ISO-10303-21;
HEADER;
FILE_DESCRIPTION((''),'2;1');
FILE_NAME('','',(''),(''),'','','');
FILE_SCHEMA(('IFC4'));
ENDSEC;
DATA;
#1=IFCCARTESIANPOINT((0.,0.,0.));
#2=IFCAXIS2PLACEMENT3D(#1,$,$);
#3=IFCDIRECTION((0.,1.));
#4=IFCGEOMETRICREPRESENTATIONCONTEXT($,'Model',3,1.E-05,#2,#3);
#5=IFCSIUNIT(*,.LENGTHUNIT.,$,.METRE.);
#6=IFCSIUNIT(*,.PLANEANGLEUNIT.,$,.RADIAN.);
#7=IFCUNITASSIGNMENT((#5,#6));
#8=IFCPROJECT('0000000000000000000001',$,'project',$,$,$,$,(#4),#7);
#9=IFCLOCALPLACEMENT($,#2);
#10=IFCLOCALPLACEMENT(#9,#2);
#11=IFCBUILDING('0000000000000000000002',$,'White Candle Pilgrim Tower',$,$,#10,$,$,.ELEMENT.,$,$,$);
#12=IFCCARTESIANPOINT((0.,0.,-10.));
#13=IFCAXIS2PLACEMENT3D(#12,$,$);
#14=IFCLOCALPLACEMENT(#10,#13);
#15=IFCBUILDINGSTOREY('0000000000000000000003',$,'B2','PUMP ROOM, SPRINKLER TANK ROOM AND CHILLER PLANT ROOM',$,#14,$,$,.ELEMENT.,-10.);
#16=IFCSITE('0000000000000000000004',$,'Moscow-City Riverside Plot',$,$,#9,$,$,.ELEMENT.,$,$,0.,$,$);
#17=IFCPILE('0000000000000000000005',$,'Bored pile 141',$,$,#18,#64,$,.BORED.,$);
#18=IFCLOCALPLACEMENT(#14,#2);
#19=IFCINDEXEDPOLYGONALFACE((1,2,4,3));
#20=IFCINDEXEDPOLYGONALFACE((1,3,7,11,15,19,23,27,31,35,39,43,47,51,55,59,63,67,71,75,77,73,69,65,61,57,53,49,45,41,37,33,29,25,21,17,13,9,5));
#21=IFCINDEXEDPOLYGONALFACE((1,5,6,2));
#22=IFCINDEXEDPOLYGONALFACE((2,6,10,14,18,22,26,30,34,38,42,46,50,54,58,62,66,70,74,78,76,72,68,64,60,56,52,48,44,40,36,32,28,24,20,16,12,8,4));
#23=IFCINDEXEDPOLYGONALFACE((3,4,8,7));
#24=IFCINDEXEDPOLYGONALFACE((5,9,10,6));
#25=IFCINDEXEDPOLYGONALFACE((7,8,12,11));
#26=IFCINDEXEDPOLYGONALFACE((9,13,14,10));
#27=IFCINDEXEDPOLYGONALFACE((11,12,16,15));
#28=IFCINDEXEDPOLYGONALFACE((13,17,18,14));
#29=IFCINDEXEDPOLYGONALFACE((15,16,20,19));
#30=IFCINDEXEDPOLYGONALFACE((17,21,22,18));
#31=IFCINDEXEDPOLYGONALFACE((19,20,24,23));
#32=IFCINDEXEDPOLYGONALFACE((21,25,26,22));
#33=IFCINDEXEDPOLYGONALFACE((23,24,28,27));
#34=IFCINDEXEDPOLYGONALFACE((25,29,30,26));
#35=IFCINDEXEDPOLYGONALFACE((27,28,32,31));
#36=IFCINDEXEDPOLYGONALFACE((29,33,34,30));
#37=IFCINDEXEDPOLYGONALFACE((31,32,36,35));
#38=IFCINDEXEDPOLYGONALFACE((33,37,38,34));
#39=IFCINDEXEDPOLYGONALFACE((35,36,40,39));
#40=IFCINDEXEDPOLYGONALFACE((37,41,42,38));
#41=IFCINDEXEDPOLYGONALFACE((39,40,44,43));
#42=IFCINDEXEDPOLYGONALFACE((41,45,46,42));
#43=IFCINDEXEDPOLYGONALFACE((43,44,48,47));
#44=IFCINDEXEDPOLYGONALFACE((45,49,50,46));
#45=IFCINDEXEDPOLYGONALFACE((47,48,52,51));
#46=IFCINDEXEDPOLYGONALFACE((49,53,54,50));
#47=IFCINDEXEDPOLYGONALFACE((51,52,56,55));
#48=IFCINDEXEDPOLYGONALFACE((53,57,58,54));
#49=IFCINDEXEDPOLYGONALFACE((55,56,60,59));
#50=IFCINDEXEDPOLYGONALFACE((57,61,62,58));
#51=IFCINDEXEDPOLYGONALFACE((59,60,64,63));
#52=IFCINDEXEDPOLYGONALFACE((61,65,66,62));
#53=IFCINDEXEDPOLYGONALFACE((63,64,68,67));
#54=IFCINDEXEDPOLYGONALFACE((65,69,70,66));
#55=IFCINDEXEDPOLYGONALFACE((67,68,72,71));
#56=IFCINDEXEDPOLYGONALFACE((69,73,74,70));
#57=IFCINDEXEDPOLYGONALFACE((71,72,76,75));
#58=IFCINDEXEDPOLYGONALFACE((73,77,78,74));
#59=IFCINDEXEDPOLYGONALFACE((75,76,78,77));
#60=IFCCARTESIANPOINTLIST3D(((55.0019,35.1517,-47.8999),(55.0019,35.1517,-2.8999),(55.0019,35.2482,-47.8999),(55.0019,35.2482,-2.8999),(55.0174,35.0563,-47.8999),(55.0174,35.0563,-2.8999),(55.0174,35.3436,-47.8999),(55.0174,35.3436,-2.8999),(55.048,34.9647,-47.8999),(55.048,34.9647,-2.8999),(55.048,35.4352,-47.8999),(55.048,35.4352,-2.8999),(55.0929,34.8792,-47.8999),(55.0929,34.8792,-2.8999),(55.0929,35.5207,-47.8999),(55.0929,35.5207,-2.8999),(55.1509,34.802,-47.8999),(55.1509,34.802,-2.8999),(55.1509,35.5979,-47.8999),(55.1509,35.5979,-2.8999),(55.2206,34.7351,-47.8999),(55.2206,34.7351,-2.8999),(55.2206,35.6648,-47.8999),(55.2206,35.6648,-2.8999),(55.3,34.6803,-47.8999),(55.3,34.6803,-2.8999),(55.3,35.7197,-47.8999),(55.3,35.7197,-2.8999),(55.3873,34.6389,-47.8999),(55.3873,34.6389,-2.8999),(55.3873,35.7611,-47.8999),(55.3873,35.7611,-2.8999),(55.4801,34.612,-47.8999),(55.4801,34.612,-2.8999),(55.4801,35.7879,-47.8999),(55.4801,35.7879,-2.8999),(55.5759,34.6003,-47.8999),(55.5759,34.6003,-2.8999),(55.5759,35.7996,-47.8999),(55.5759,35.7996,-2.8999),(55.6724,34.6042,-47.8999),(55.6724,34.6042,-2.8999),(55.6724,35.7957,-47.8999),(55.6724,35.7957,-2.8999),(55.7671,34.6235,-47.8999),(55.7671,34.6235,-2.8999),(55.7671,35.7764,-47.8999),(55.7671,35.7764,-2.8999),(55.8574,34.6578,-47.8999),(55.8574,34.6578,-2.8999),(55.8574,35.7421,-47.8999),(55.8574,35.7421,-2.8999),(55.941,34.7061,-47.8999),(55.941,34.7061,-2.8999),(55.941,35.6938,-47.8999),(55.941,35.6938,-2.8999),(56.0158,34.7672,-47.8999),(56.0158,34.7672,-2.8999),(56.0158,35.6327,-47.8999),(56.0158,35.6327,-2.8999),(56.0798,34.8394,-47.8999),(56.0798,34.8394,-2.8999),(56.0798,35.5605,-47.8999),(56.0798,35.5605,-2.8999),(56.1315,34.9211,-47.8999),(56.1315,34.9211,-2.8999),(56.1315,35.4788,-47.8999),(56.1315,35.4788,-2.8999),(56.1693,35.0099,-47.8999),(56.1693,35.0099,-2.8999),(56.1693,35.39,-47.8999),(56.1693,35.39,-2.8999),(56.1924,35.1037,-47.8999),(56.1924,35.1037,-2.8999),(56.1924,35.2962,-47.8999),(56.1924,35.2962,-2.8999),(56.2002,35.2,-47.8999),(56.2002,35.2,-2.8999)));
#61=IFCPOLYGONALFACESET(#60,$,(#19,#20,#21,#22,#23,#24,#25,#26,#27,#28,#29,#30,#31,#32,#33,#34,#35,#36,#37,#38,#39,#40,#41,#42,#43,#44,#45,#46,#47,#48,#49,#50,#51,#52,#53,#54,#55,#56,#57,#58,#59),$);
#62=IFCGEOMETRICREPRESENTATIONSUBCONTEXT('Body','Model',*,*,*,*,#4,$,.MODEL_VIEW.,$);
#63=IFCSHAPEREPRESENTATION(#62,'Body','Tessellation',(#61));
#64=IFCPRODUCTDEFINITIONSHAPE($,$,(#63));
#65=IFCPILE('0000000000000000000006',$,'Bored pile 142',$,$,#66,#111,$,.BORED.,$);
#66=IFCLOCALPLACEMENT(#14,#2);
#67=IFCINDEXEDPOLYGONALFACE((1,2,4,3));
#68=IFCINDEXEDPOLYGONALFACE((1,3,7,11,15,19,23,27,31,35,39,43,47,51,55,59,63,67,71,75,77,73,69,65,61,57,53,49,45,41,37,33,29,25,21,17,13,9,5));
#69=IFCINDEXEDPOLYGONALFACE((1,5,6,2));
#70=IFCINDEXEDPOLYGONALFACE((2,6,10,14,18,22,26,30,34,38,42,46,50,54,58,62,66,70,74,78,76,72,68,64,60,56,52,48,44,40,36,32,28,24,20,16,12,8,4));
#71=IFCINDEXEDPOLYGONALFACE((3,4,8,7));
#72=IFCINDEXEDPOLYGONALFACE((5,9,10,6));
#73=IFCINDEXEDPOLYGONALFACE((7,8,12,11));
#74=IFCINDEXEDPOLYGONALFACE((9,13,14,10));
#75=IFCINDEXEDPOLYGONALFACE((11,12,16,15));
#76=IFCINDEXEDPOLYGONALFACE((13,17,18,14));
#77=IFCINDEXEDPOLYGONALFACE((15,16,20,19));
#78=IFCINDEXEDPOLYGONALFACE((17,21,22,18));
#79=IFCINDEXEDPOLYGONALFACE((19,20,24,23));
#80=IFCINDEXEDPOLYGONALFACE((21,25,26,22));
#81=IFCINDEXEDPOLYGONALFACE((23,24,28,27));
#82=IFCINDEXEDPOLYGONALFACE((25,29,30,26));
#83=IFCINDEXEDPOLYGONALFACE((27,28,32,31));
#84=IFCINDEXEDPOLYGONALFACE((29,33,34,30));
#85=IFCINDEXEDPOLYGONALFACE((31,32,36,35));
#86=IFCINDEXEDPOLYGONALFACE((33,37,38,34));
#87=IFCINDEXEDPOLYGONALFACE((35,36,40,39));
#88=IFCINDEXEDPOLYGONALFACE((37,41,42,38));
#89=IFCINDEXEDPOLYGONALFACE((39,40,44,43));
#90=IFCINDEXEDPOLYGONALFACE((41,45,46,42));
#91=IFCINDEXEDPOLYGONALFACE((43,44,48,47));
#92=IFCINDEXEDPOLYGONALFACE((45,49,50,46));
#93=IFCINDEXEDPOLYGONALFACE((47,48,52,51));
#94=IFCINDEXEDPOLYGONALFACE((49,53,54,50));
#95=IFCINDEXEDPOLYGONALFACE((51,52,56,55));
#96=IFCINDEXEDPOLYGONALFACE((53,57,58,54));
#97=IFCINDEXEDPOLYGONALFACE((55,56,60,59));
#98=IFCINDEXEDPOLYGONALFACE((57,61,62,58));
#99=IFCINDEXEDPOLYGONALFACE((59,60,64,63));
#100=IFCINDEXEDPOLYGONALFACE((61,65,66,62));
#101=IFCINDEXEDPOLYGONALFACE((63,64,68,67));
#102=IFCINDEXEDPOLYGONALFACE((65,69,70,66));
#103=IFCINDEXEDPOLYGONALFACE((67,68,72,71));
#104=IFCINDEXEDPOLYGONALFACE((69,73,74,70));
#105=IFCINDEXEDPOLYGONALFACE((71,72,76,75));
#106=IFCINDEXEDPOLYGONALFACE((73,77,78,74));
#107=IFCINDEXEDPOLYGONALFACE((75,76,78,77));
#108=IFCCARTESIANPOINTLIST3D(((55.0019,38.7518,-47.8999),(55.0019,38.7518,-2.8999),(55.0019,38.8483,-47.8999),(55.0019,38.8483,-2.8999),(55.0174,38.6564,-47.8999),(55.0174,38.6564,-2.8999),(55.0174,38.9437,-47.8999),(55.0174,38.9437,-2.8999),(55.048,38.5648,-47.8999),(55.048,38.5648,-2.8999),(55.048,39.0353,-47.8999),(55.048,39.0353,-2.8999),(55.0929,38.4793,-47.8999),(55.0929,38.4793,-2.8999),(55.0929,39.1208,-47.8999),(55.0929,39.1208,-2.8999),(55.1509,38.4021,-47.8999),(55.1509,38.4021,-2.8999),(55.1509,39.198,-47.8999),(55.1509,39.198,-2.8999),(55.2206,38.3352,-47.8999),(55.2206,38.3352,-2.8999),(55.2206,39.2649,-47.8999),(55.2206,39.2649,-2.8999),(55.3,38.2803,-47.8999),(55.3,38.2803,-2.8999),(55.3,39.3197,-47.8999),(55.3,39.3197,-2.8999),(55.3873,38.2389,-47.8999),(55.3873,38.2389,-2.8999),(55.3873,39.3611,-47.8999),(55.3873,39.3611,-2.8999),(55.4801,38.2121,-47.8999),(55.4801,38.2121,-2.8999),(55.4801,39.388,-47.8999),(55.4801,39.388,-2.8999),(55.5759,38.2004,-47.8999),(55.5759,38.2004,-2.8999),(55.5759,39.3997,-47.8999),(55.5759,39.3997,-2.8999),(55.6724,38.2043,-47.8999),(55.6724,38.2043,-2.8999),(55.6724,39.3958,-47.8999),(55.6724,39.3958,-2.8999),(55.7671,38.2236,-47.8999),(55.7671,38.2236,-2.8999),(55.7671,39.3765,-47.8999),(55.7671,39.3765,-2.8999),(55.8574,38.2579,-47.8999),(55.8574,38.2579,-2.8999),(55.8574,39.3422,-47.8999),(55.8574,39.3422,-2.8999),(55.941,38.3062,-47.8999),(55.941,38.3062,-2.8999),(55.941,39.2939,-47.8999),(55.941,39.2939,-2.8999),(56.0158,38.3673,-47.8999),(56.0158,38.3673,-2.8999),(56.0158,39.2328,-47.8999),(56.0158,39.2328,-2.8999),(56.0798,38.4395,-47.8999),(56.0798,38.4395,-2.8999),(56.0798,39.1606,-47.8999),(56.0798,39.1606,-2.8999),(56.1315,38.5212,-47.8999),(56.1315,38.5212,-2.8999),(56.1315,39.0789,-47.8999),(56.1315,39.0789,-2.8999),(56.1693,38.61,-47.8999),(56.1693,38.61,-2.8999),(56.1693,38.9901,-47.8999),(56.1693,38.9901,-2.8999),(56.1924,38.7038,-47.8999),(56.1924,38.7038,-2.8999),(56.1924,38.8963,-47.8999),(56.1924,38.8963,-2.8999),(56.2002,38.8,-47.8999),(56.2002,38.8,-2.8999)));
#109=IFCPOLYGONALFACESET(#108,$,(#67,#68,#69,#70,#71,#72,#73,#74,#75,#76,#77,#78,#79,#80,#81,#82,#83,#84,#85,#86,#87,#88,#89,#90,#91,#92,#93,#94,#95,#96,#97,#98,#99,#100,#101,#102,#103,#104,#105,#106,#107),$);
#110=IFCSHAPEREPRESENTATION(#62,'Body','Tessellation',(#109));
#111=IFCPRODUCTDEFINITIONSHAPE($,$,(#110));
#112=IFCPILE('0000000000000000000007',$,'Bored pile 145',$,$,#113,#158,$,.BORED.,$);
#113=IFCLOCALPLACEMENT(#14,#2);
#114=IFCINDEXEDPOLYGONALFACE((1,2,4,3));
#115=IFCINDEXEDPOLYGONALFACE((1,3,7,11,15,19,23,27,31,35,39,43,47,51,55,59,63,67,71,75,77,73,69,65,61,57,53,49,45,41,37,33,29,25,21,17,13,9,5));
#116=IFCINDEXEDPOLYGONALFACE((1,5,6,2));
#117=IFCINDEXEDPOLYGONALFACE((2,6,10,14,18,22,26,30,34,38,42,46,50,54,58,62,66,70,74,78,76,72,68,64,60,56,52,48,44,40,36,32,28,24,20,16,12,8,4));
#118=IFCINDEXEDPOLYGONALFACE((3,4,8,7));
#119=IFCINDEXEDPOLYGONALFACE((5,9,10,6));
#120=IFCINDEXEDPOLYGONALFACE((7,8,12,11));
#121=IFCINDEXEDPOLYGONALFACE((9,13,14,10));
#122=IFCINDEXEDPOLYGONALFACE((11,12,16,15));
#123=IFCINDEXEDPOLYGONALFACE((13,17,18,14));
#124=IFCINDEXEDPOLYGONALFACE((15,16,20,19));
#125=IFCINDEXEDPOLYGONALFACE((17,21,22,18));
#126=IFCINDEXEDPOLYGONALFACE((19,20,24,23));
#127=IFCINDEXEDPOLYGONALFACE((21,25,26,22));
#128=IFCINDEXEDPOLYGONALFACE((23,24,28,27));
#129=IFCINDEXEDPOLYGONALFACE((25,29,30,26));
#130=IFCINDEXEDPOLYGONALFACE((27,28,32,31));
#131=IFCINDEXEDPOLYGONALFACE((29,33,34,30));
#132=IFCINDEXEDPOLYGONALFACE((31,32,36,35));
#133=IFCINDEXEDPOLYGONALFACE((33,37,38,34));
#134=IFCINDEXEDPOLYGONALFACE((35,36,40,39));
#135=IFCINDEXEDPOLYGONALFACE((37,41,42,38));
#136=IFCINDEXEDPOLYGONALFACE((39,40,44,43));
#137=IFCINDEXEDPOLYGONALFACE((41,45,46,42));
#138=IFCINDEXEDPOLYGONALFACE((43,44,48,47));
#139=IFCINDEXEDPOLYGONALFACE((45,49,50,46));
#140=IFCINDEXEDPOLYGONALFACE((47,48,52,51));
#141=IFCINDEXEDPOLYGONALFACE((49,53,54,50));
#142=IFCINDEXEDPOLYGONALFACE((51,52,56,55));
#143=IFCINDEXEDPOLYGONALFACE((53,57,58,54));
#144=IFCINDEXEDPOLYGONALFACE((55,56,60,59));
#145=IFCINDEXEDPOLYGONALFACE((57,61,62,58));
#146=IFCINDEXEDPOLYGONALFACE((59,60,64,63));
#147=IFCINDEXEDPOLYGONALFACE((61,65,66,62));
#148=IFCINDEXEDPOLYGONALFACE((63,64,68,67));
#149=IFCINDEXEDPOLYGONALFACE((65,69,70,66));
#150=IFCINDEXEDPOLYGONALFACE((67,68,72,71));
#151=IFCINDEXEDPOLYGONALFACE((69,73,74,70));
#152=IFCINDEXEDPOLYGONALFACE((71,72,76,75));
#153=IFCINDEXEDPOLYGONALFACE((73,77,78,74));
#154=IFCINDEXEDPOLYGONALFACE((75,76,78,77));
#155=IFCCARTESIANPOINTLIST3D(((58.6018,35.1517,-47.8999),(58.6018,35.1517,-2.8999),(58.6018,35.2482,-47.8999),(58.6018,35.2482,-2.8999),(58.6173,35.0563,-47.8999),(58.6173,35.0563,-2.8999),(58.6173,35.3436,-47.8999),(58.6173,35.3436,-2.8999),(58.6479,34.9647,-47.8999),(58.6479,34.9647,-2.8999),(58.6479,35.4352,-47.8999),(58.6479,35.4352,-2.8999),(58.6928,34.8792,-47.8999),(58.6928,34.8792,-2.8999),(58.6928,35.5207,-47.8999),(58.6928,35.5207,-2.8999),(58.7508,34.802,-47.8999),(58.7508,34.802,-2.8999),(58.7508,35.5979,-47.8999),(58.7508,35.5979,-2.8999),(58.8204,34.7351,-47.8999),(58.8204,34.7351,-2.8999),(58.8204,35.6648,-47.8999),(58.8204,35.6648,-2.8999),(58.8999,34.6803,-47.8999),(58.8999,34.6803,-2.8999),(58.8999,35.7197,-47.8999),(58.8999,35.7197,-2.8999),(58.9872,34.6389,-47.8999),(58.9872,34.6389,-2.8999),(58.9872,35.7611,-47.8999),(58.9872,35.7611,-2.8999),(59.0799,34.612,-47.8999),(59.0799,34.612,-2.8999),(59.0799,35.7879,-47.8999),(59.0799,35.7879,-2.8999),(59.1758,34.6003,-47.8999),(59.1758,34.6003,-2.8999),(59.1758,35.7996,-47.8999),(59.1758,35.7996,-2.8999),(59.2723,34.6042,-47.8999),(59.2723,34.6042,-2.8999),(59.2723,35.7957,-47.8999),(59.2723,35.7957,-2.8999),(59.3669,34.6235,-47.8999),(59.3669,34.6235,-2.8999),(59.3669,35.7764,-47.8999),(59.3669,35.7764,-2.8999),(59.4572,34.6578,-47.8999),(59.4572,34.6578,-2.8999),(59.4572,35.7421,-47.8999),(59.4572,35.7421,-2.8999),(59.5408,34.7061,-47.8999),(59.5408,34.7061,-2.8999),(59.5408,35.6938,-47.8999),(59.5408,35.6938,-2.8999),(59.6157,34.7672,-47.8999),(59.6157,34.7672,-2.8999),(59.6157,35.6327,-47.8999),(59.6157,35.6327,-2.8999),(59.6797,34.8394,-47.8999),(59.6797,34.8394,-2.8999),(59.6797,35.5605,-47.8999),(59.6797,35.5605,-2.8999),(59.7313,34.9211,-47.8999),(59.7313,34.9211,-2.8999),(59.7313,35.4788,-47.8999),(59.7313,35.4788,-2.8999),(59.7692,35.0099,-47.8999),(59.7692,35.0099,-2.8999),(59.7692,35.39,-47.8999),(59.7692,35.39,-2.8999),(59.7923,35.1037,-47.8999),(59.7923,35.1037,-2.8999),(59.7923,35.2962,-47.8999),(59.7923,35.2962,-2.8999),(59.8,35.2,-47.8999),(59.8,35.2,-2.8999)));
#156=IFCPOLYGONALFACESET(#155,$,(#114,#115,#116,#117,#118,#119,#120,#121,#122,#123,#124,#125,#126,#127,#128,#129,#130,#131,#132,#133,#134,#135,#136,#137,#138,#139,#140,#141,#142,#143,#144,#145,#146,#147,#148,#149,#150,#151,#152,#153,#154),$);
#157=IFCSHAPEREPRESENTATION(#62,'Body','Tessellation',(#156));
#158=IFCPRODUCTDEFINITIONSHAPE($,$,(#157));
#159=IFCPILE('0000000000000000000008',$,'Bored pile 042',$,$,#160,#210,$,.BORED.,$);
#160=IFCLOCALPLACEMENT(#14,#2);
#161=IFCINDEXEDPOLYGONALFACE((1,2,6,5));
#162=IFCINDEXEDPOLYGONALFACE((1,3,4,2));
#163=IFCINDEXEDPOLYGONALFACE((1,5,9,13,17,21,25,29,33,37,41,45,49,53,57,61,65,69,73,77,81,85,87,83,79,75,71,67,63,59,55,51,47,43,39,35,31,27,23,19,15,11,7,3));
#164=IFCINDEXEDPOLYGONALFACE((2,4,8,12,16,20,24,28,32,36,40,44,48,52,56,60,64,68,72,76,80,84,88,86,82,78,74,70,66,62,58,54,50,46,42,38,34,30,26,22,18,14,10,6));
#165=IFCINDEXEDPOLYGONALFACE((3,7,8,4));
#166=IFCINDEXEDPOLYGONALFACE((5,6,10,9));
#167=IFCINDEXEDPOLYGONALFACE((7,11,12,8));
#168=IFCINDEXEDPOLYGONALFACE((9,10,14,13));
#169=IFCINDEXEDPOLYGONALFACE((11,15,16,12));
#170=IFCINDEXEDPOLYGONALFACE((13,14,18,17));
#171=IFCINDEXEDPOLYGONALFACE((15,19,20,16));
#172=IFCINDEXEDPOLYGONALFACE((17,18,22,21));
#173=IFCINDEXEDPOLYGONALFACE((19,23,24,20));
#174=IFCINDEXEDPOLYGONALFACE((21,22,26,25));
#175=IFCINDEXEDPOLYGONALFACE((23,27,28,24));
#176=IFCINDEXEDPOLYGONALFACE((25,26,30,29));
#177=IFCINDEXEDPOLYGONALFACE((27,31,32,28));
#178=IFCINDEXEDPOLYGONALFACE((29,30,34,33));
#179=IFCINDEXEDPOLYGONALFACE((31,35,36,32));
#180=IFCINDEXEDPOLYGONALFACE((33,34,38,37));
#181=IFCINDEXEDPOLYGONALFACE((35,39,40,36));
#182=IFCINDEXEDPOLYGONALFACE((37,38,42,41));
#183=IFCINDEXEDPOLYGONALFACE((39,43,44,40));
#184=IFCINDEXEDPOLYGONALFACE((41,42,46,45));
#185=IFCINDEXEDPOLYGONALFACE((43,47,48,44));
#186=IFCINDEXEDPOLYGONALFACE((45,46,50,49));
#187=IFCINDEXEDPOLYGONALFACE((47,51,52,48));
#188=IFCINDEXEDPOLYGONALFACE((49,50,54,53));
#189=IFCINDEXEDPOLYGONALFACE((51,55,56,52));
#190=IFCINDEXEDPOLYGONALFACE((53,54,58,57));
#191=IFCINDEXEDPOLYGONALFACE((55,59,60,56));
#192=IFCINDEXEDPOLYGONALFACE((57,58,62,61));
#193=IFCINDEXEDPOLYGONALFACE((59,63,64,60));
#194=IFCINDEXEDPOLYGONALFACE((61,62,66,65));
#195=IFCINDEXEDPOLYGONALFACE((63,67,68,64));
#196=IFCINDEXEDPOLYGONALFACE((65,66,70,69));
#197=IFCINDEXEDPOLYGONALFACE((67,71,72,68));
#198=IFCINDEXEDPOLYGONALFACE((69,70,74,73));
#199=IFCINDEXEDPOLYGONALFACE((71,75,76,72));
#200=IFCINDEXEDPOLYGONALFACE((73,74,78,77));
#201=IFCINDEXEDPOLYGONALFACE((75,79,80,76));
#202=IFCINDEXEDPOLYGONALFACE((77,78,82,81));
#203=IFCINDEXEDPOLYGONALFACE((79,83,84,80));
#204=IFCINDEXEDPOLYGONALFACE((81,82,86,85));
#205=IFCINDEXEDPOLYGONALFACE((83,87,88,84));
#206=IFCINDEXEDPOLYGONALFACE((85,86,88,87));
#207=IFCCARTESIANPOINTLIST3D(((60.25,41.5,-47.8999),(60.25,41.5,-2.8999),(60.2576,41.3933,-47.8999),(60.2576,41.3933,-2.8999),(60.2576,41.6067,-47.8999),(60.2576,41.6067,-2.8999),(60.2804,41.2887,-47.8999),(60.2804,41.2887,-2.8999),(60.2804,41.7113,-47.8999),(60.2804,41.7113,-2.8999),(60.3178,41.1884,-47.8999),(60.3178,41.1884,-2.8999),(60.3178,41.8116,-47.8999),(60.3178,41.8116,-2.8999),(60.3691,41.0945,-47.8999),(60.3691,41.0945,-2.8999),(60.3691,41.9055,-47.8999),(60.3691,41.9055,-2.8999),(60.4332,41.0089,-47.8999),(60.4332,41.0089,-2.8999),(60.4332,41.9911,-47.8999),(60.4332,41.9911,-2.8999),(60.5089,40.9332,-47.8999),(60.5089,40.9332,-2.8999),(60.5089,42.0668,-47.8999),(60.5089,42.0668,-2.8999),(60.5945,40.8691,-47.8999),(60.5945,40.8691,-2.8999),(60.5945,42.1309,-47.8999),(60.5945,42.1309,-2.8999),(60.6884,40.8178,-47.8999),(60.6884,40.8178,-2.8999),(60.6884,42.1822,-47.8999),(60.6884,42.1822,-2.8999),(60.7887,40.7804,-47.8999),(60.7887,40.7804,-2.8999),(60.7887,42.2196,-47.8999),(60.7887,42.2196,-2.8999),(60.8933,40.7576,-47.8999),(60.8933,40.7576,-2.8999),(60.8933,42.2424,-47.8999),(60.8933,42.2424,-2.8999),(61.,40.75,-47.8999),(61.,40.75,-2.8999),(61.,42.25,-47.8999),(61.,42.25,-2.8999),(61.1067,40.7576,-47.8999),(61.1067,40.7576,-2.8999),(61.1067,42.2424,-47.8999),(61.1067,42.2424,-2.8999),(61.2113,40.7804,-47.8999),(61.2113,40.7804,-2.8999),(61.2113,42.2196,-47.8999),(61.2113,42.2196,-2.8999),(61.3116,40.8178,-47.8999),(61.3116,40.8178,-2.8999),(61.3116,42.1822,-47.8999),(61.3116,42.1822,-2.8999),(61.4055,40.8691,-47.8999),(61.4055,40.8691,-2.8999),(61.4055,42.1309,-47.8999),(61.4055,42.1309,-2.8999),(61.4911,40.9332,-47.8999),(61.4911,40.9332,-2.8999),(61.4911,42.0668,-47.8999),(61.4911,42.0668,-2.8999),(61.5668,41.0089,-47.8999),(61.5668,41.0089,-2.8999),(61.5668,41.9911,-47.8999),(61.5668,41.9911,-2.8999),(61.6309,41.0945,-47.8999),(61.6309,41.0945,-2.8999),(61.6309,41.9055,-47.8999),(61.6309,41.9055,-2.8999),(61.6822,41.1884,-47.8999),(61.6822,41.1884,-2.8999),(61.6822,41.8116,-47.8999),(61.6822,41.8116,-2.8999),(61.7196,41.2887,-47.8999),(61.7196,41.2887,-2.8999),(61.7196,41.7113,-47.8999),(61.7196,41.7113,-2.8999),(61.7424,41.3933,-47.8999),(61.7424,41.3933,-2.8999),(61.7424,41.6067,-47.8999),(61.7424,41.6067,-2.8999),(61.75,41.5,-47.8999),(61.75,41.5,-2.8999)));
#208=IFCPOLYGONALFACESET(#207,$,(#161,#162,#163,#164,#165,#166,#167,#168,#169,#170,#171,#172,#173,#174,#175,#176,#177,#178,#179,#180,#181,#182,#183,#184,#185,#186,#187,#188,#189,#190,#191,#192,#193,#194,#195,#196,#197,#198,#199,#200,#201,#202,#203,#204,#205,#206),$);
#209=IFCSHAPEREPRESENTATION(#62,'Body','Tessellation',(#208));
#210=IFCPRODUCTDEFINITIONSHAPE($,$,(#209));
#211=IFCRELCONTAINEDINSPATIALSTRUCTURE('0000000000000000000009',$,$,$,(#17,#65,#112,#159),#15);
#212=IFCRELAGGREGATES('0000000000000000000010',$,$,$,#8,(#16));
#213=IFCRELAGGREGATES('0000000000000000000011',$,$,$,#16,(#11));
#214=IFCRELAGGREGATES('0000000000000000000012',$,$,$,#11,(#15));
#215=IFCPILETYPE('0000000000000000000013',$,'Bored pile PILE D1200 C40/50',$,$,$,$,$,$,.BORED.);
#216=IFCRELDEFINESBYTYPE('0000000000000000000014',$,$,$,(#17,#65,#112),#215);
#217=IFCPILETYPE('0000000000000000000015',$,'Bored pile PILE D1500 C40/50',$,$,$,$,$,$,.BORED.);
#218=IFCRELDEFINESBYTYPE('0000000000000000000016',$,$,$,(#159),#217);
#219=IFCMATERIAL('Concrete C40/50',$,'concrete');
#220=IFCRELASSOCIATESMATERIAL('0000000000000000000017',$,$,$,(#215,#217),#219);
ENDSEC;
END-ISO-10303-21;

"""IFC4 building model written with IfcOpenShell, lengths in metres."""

from ifc_helpers import new_model, si_unit, direction, frame, origin, origin_2d, place, context, subcontext, project, spatial, circle, extrude, material, material_profile, profile_set, type_object, element, save


model = new_model("IFC4")

# Units and contexts
model_context = context("Model", 3, precision=1e-05, world=origin(), true_north=direction((0.0, 1.0)))
body_context = subcontext(model_context, "Body", "Model", "MODEL_VIEW")
ifc_project = project(units=[si_unit("LENGTHUNIT", "METRE"), si_unit("PLANEANGLEUNIT", "RADIAN")], contexts=[model_context])

# Site, building, storey
site_placement = place(None, origin())
site = spatial("IfcSite", under=ifc_project, at=site_placement, Name="Moscow-City Riverside Plot", CompositionType="ELEMENT", RefElevation=0.0)
building_placement = place(site_placement, origin())
building = spatial("IfcBuilding", under=site, at=building_placement, Name="White Candle Pilgrim Tower", CompositionType="ELEMENT")
storey_placement = place(building_placement, frame((0.0, 0.0, -10.0)))
storey = spatial("IfcBuildingStorey", under=building, at=storey_placement, Name="B2", Description="PUMP ROOM, SPRINKLER TANK ROOM AND CHILLER PLANT ROOM", CompositionType="ELEMENT", Elevation=-10.0)

# Piles
ifc_material_1 = material(Name="Concrete C40/50", Category="concrete")
ifc_material_profile_1 = material_profile(ifc_material_1, circle(Radius=0.6001, at=origin_2d()), Name="PILE D1200")
ifc_profile_set_1 = profile_set([ifc_material_profile_1], Name="Concrete C40/50")
pile_type_1 = type_object("IfcPileType", Name="Bored pile PILE D1200 C40/50", PredefinedType="BORED", material=ifc_profile_set_1)
for number, where, z_axis, x_axis, name in (
    (1, (55.6001, 35.2, -2.8999), (0.0, 0.0, -1.0), (1.0, 0.0, 0.0), "Bored pile 141"),
    (2, (55.6001, 38.8, -2.8999), (0.0, 0.0, -1.0), (1.0, 0.0, 0.0), "Bored pile 142"),
    (3, (59.2, 35.2, -2.8999), (0.0, 0.0, -1.0), (1.0, 0.0, 0.0), "Bored pile 145"),
):
    element("IfcPile", number, at=place(storey_placement, frame(where, z_axis=z_axis, x_axis=x_axis)), inside=storey, type_object=pile_type_1, Name=name, PredefinedType="BORED", context=body_context, shape_type="SweptSolid", body=[
        extrude(circle(Radius=0.6001, at=origin_2d()), origin(), (0.0, 0.0, 1.0), 45.0),
    ])
ifc_material_profile_2 = material_profile(ifc_material_1, circle(Radius=0.75, at=origin_2d()), Name="PILE D1500")
ifc_profile_set_2 = profile_set([ifc_material_profile_2], Name="Concrete C40/50")
pile_type_2 = type_object("IfcPileType", Name="Bored pile PILE D1500 C40/50", PredefinedType="BORED", material=ifc_profile_set_2)
for number, where, z_axis, x_axis, name in (
    (4, (61.0, 41.5, -2.8999), (0.0, 0.0, -1.0), (1.0, 0.0, 0.0), "Bored pile 042"),
):
    element("IfcPile", number, at=place(storey_placement, frame(where, z_axis=z_axis, x_axis=x_axis)), inside=storey, type_object=pile_type_2, Name=name, PredefinedType="BORED", context=body_context, shape_type="SweptSolid", body=[
        extrude(circle(Radius=0.75, at=origin_2d()), origin(), (0.0, 0.0, 1.0), 45.0),
    ])

save(model, "model.ifc")
